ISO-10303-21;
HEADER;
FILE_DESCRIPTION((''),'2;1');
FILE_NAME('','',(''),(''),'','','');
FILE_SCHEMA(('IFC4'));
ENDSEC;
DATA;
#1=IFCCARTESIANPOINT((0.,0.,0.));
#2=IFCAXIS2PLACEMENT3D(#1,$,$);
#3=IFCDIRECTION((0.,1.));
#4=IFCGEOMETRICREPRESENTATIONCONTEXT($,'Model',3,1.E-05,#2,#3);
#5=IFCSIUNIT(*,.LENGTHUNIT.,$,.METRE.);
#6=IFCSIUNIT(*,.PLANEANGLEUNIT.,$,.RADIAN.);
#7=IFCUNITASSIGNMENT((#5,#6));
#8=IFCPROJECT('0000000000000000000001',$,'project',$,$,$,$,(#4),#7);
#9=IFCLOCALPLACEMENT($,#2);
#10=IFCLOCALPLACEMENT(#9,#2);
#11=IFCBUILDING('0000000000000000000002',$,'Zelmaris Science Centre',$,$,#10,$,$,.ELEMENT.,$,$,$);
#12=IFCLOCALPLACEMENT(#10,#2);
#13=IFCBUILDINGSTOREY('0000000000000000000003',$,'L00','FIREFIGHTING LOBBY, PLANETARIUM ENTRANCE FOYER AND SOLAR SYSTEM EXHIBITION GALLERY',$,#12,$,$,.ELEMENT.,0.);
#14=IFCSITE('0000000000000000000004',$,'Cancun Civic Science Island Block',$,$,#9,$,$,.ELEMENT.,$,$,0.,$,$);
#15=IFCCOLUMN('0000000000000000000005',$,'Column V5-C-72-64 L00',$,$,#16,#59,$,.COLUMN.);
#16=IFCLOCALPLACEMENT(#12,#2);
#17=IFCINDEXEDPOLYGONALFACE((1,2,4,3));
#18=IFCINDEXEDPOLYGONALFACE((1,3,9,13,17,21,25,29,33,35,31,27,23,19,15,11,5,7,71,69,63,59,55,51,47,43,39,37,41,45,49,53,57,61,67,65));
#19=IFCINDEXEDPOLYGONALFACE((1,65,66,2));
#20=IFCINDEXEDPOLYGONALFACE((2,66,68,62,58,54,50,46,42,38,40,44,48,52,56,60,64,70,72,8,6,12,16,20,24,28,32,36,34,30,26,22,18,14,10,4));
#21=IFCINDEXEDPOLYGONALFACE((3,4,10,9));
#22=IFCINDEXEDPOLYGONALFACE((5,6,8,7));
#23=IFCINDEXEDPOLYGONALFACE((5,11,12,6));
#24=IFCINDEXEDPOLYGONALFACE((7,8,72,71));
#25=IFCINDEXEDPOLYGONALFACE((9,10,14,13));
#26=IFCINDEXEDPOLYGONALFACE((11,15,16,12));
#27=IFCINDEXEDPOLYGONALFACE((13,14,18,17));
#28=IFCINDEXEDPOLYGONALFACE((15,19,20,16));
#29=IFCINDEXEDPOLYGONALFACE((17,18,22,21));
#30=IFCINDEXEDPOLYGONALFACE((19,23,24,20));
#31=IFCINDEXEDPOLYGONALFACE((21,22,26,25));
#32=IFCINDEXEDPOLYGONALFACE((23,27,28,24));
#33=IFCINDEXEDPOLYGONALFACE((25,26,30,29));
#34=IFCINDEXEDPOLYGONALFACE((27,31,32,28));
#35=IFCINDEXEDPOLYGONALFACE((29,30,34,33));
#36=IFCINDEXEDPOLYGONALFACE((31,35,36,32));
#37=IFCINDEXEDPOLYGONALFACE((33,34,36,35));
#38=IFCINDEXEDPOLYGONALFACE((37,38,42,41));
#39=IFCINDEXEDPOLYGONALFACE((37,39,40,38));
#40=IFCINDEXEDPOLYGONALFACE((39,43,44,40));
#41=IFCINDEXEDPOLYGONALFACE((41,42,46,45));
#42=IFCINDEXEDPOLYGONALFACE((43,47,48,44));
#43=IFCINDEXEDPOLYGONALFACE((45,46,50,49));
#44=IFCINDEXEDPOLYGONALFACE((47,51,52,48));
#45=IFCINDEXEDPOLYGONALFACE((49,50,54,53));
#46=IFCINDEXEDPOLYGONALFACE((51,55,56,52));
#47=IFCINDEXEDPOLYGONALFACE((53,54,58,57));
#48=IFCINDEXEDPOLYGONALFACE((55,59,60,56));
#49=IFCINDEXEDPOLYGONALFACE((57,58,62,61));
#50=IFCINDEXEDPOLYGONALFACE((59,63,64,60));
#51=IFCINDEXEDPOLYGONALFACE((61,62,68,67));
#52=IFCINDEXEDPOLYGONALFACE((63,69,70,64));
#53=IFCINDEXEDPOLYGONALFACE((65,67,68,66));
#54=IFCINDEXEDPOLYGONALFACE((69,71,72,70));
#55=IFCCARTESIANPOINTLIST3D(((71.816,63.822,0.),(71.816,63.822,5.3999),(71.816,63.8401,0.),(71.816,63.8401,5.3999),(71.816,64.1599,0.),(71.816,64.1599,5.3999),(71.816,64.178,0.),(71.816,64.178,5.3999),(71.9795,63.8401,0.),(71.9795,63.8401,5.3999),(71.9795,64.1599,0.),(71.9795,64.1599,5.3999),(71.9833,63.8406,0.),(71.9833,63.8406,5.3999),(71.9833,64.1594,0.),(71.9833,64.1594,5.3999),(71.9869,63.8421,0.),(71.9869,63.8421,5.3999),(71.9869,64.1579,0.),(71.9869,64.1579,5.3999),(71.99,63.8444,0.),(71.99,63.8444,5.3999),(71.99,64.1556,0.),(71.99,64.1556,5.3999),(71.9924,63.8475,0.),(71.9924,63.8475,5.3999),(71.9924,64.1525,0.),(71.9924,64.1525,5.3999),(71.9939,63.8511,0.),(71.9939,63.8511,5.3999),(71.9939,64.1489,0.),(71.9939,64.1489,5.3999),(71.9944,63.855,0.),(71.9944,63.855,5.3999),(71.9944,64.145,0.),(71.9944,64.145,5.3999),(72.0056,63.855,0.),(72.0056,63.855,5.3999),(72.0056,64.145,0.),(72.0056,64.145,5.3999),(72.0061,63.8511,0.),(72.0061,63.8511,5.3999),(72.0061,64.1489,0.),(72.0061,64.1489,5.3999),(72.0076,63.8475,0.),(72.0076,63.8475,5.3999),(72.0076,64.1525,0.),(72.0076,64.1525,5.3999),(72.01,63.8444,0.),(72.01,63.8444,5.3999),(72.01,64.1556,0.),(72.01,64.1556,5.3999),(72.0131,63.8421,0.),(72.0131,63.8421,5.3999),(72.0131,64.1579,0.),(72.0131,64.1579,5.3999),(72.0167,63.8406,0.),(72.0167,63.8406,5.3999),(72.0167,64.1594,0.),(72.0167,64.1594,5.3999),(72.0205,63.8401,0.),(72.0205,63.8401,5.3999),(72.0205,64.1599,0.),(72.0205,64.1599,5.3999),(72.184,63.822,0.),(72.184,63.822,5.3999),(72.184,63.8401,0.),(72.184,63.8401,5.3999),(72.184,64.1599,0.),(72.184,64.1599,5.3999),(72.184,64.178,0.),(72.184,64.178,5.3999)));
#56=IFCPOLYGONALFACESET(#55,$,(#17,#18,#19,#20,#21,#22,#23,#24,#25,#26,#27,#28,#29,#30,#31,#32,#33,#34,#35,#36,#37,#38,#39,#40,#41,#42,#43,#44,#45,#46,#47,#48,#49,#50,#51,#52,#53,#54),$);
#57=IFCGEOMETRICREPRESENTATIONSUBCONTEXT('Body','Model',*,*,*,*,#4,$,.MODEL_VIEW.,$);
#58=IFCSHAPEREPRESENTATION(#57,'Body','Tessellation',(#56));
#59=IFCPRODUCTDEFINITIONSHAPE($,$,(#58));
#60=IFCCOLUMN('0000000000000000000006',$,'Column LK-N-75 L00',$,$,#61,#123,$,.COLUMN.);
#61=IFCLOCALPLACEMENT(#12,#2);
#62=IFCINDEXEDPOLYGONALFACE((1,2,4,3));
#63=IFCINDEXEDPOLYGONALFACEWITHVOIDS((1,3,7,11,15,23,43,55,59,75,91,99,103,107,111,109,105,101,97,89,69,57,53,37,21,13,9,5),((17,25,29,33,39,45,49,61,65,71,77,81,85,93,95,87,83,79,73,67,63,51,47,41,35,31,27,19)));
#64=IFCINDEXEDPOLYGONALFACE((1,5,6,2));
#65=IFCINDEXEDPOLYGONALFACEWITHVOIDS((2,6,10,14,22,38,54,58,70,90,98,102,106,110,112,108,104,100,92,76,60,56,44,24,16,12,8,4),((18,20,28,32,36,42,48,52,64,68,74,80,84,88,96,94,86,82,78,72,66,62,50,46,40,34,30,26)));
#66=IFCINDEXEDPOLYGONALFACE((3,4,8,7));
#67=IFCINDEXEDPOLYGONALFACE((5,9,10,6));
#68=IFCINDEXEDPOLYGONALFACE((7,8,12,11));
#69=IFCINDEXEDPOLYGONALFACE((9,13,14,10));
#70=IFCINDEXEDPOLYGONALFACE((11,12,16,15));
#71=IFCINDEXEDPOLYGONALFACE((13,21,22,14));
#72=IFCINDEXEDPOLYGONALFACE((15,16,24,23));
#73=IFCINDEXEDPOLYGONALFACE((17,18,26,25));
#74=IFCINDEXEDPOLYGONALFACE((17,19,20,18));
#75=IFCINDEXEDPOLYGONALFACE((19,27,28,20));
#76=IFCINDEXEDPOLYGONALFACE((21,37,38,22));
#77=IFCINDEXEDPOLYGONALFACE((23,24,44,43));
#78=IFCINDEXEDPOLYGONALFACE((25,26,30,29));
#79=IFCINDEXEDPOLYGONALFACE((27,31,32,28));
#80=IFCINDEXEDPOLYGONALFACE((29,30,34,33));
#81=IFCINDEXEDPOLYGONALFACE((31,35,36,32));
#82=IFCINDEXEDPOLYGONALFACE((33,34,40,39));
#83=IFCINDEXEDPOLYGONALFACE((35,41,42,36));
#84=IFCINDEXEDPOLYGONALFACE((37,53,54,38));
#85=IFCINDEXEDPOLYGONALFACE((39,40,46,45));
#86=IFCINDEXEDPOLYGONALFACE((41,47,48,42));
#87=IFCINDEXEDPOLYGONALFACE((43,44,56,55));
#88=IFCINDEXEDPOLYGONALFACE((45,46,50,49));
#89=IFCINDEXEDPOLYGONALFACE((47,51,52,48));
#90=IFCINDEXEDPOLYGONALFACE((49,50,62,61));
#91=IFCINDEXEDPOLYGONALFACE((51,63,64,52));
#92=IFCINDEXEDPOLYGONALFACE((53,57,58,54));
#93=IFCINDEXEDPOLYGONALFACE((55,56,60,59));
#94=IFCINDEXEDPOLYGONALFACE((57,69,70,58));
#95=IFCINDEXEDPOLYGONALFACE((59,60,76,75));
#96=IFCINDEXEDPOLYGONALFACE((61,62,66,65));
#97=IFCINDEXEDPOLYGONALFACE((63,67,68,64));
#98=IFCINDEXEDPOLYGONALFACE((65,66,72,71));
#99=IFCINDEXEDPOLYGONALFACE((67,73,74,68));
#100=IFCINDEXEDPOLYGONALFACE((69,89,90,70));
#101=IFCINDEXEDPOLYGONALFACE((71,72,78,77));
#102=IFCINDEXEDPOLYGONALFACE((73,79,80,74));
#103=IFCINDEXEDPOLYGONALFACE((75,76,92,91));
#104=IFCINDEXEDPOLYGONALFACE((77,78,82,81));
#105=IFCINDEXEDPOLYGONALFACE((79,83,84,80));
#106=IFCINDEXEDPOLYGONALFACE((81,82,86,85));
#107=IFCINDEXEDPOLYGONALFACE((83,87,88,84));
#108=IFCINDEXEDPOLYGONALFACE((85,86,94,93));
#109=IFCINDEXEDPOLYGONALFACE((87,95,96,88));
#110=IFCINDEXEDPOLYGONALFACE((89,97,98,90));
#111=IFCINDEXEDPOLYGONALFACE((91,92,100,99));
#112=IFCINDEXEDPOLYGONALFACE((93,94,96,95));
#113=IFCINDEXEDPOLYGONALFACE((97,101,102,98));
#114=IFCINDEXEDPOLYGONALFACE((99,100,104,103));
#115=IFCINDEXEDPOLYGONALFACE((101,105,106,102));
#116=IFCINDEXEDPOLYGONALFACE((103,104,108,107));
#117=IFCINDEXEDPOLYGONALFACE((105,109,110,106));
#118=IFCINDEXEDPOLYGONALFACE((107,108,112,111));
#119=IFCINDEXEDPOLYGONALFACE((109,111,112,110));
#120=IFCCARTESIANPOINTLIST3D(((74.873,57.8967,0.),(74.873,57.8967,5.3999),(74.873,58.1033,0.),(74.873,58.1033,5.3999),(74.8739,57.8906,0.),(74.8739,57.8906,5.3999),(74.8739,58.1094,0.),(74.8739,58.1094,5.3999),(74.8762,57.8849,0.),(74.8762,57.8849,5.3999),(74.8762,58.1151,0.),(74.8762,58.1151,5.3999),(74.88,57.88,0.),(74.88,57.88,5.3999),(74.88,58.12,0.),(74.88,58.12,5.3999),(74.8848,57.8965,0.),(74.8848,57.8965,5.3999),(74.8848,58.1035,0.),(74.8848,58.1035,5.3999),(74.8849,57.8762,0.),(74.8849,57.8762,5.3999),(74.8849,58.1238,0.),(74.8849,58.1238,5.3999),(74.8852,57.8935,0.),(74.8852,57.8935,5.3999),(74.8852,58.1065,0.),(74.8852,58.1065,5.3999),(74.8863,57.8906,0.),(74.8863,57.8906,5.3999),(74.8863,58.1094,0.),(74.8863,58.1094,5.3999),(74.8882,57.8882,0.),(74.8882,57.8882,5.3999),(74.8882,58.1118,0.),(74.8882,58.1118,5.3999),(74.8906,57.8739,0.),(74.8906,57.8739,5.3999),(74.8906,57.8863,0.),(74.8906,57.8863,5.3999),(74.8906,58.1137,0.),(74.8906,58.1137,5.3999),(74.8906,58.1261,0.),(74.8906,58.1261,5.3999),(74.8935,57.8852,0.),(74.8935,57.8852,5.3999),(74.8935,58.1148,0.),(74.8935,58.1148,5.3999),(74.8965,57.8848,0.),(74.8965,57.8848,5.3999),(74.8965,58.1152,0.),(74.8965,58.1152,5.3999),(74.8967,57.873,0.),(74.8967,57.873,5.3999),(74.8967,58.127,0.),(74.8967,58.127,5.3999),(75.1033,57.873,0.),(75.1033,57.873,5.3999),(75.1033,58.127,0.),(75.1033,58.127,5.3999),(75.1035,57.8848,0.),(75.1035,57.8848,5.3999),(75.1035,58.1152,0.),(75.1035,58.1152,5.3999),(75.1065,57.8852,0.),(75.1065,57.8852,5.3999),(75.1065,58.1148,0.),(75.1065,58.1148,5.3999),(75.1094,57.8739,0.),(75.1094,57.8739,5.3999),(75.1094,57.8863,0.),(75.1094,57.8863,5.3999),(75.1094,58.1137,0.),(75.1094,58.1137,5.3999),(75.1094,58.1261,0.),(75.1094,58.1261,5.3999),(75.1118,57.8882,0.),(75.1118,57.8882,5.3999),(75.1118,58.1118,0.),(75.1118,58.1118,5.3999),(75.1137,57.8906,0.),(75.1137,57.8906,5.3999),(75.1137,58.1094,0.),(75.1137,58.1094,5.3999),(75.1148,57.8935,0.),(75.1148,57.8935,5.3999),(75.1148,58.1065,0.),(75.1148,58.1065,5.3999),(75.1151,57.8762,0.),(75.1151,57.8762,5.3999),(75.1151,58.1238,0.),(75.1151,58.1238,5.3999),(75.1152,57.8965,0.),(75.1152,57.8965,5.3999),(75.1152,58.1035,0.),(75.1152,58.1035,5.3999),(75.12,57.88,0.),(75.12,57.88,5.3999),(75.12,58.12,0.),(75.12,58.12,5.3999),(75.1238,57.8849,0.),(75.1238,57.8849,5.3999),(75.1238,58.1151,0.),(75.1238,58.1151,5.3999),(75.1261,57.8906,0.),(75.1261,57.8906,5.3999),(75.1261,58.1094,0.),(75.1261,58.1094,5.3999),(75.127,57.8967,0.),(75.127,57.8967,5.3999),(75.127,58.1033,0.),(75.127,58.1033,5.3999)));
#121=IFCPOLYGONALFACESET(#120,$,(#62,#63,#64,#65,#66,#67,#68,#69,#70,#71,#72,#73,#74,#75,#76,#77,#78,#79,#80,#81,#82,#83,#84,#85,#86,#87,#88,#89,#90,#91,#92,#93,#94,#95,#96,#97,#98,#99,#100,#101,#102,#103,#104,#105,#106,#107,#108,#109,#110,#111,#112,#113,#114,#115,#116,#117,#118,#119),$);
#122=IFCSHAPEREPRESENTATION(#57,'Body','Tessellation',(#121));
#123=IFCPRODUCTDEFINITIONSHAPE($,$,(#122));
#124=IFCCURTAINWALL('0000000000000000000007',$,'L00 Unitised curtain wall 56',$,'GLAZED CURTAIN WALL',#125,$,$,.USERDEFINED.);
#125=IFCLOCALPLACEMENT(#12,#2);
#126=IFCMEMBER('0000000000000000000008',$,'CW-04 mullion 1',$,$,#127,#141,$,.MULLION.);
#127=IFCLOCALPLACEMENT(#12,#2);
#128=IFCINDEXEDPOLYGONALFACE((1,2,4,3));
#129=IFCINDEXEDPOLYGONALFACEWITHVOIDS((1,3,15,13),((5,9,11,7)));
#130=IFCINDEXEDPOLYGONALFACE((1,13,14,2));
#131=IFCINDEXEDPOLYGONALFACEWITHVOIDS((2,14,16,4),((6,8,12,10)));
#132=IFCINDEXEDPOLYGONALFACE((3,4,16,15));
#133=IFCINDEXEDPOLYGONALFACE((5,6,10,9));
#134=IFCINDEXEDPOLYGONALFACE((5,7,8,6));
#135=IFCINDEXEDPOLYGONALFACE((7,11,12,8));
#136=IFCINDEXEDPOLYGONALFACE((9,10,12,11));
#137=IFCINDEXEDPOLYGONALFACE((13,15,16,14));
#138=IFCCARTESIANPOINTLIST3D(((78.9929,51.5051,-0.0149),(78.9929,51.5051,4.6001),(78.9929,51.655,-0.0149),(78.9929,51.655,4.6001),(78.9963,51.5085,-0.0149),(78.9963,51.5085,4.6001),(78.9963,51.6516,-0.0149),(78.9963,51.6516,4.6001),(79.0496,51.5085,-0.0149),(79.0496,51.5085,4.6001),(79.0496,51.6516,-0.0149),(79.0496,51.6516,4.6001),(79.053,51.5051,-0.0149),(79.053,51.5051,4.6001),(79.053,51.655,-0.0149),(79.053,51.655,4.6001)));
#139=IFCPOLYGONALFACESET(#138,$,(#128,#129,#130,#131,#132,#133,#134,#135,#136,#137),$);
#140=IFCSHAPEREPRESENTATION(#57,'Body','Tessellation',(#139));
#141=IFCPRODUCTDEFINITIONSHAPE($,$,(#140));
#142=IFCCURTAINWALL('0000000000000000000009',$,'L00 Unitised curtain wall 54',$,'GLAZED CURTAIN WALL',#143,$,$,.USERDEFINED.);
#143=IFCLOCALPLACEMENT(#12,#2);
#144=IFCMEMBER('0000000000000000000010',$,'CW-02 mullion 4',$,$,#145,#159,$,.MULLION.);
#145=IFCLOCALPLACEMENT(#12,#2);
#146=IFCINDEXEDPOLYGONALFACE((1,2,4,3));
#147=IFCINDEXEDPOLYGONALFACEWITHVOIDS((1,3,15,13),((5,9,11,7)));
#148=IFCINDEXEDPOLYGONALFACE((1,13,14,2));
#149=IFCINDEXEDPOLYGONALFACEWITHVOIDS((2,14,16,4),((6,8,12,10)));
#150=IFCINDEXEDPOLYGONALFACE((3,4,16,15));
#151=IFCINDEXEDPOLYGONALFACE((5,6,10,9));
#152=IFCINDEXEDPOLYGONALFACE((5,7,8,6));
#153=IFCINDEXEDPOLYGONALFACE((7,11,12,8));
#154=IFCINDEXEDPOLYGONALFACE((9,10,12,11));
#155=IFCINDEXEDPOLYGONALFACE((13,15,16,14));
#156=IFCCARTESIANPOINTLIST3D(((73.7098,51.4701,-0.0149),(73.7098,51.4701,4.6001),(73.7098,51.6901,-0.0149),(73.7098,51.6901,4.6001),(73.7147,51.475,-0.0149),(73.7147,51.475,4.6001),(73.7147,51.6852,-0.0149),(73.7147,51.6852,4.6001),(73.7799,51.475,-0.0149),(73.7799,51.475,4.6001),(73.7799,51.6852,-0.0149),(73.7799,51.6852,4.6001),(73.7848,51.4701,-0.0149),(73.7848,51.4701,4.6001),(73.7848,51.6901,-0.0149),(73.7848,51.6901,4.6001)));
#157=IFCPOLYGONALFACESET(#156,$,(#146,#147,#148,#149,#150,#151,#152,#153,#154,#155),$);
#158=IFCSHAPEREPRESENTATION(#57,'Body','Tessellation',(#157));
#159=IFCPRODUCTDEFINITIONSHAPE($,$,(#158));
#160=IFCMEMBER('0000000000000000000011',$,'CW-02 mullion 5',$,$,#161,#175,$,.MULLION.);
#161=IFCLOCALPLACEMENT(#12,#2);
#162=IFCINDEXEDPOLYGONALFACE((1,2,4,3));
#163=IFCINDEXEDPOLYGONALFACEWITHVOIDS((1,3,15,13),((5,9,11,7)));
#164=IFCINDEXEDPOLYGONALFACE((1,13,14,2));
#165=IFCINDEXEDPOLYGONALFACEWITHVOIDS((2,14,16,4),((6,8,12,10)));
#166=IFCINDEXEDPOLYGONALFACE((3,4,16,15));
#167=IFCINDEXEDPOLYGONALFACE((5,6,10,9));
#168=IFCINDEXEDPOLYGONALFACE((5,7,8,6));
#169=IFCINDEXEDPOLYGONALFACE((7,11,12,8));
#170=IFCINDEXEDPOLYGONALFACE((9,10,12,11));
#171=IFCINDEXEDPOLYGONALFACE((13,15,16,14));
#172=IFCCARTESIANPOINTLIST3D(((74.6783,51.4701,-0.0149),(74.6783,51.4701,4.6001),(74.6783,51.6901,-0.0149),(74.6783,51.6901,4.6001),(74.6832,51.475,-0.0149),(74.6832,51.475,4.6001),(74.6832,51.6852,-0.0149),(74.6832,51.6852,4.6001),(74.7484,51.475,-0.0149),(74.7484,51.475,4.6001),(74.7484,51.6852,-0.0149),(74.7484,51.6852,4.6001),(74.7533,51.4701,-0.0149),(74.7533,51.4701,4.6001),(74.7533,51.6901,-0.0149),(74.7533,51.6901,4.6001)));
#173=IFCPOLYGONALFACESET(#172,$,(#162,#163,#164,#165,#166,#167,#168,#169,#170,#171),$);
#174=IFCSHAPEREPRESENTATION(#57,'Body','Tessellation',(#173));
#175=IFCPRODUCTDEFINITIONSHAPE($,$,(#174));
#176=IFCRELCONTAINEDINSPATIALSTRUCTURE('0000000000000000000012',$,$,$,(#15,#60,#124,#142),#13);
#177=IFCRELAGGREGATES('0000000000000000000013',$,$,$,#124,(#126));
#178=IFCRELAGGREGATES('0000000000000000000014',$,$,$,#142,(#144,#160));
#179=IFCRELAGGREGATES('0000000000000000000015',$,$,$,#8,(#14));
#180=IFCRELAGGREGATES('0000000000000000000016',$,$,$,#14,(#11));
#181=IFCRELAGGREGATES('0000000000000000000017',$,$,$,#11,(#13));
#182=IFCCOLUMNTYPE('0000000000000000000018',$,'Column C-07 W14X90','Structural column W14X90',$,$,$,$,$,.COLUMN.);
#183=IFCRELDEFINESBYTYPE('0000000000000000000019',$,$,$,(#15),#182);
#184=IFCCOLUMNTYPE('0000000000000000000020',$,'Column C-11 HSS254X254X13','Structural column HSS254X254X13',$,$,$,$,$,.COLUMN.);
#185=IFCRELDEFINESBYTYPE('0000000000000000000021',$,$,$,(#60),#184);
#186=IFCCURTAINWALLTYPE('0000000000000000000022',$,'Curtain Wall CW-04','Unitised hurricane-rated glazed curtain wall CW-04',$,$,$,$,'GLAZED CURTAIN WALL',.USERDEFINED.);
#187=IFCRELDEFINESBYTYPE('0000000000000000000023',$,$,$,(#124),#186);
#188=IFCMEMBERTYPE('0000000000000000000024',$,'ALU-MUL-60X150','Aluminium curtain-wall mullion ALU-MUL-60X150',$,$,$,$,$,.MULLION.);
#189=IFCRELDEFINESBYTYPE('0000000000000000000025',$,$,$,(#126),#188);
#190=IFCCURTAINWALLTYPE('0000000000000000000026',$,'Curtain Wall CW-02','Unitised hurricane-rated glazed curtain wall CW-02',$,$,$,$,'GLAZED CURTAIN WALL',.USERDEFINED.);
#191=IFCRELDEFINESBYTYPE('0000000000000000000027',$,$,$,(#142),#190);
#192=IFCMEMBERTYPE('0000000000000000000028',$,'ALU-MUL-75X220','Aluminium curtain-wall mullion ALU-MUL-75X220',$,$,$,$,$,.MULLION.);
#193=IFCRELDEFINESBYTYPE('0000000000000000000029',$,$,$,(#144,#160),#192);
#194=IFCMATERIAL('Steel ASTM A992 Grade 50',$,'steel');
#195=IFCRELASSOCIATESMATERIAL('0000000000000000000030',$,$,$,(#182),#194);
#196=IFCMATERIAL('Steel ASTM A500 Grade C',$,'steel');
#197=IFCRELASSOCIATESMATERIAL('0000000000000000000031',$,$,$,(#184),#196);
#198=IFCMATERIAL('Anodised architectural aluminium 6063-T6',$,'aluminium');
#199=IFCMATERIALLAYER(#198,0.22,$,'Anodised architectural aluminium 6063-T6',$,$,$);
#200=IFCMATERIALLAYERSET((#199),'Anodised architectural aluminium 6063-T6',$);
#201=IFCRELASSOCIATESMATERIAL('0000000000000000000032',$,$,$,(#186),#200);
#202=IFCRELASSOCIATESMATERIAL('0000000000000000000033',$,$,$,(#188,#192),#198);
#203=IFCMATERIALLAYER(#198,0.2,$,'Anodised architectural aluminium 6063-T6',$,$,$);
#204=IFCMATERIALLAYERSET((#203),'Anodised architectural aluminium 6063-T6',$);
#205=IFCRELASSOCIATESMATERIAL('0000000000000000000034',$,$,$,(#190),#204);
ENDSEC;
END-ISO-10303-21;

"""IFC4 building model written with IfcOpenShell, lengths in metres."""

from ifc_helpers import new_model, si_unit, direction, frame, origin, origin_2d, place, context, subcontext, project, spatial, hollow_rectangle, i_section, extrude, material, layer, layer_set, material_profile, profile_set, type_object, element, aggregate, save


model = new_model("IFC4")

# Units and contexts
model_context = context("Model", 3, precision=1e-05, world=origin(), true_north=direction((0.0, 1.0)))
body_context = subcontext(model_context, "Body", "Model", "MODEL_VIEW")
ifc_project = project(units=[si_unit("LENGTHUNIT", "METRE"), si_unit("PLANEANGLEUNIT", "RADIAN")], contexts=[model_context])

# Site, building, storey
site_placement = place(None, origin())
site = spatial("IfcSite", under=ifc_project, at=site_placement, Name="Cancun Civic Science Island Block", CompositionType="ELEMENT", RefElevation=0.0)
building_placement = place(site_placement, origin())
building = spatial("IfcBuilding", under=site, at=building_placement, Name="Zelmaris Science Centre", CompositionType="ELEMENT")
storey_placement = place(building_placement, origin())
storey = spatial("IfcBuildingStorey", under=building, at=storey_placement, Name="L00", Description="FIREFIGHTING LOBBY, PLANETARIUM ENTRANCE FOYER AND SOLAR SYSTEM EXHIBITION GALLERY", CompositionType="ELEMENT", Elevation=0.0)

# Columns
ifc_material_1 = material(Name="Steel ASTM A992 Grade 50", Category="steel")
ifc_material_profile_1 = material_profile(ifc_material_1, i_section(OverallWidth=0.3679, OverallDepth=0.356, WebThickness=0.0112, FlangeThickness=0.0181, FilletRadius=0.0149, at=origin_2d()), Name="W14X90")
ifc_profile_set_1 = profile_set([ifc_material_profile_1], Name="Steel ASTM A992 Grade 50")
column_type_1 = type_object("IfcColumnType", Name="Column C-07 W14X90", Description="Structural column W14X90", PredefinedType="COLUMN", material=ifc_profile_set_1)
column_1_placement = place(storey_placement, frame((72.0, 64.0, 0.0), z_axis=(0.0, 0.0, 1.0), x_axis=(1.0, 0.0, 0.0)))
element("IfcColumn", 1, at=column_1_placement, inside=storey, type_object=column_type_1, Name="Column V5-C-72-64 L00", PredefinedType="COLUMN", context=body_context, shape_type="SweptSolid", body=[
    extrude(i_section(OverallWidth=0.3679, OverallDepth=0.356, WebThickness=0.0112, FlangeThickness=0.0181, FilletRadius=0.0149, at=origin_2d()), origin(), (0.0, 0.0, 1.0), 5.3999),
])
ifc_material_2 = material(Name="Steel ASTM A500 Grade C", Category="steel")
ifc_material_profile_2 = material_profile(ifc_material_2, hollow_rectangle(XDim=0.2539, YDim=0.2539, WallThickness=0.0117, InnerFilletRadius=0.0117, OuterFilletRadius=0.0237, at=origin_2d()), Name="HSS254X254X13")
ifc_profile_set_2 = profile_set([ifc_material_profile_2], Name="Steel ASTM A500 Grade C")
column_type_2 = type_object("IfcColumnType", Name="Column C-11 HSS254X254X13", Description="Structural column HSS254X254X13", PredefinedType="COLUMN", material=ifc_profile_set_2)
column_2_placement = place(storey_placement, frame((75.0, 58.0, 0.0), z_axis=(0.0, 0.0, 1.0), x_axis=(1.0, 0.0, 0.0)))
element("IfcColumn", 2, at=column_2_placement, inside=storey, type_object=column_type_2, Name="Column LK-N-75 L00", PredefinedType="COLUMN", context=body_context, shape_type="SweptSolid", body=[
    extrude(hollow_rectangle(XDim=0.2539, YDim=0.2539, WallThickness=0.0117, InnerFilletRadius=0.0117, OuterFilletRadius=0.0237, at=origin_2d()), origin(), (0.0, 0.0, 1.0), 5.3999),
])

# Curtain wall, member
ifc_material_3 = material(Name="Anodised architectural aluminium 6063-T6", Category="aluminium")
ifc_layer_1 = layer(ifc_material_3, 0.22, Name="Anodised architectural aluminium 6063-T6")
ifc_layer_set_1 = layer_set([ifc_layer_1], Name="Anodised architectural aluminium 6063-T6")
curtain_wall_type_1 = type_object("IfcCurtainWallType", Name="Curtain Wall CW-04", Description="Unitised hurricane-rated glazed curtain wall CW-04", ElementType="GLAZED CURTAIN WALL", PredefinedType="USERDEFINED", material=ifc_layer_set_1)
curtain_wall_1_placement = place(storey_placement, origin())
curtain_wall_1 = element("IfcCurtainWall", 3, at=curtain_wall_1_placement, inside=storey, type_object=curtain_wall_type_1, Name="L00 Unitised curtain wall 56", ObjectType="GLAZED CURTAIN WALL", PredefinedType="USERDEFINED")
ifc_material_profile_3 = material_profile(ifc_material_3, hollow_rectangle(XDim=0.0601, YDim=0.1499, WallThickness=0.0034, at=origin_2d()), Name="ALU-MUL-60X150")
ifc_profile_set_3 = profile_set([ifc_material_profile_3], Name="Anodised architectural aluminium 6063-T6")
member_type_1 = type_object("IfcMemberType", Name="ALU-MUL-60X150", Description="Aluminium curtain-wall mullion ALU-MUL-60X150", PredefinedType="MULLION", material=ifc_profile_set_3)
member_1_placement = place(storey_placement, frame((79.0229, 51.5801, -0.0149), z_axis=(0.0, 0.0, 1.0), x_axis=(1.0, -0.000003, 0.0)))
member_1 = element("IfcMember", 4, at=member_1_placement, type_object=member_type_1, Name="CW-04 mullion 1", PredefinedType="MULLION", context=body_context, shape_type="SweptSolid", body=[
    extrude(hollow_rectangle(XDim=0.0601, YDim=0.1499, WallThickness=0.0034, at=origin_2d()), origin(), (0.0, 0.0, 1.0), 4.615),
])

# Curtain wall, members
ifc_layer_2 = layer(ifc_material_3, 0.2, Name="Anodised architectural aluminium 6063-T6")
ifc_layer_set_2 = layer_set([ifc_layer_2], Name="Anodised architectural aluminium 6063-T6")
curtain_wall_type_2 = type_object("IfcCurtainWallType", Name="Curtain Wall CW-02", Description="Unitised hurricane-rated glazed curtain wall CW-02", ElementType="GLAZED CURTAIN WALL", PredefinedType="USERDEFINED", material=ifc_layer_set_2)
curtain_wall_2_placement = place(storey_placement, origin())
curtain_wall_2 = element("IfcCurtainWall", 5, at=curtain_wall_2_placement, inside=storey, type_object=curtain_wall_type_2, Name="L00 Unitised curtain wall 54", ObjectType="GLAZED CURTAIN WALL", PredefinedType="USERDEFINED")
ifc_material_profile_4 = material_profile(ifc_material_3, hollow_rectangle(XDim=0.075, YDim=0.22, WallThickness=0.0049, at=origin_2d()), Name="ALU-MUL-75X220")
ifc_profile_set_4 = profile_set([ifc_material_profile_4], Name="Anodised architectural aluminium 6063-T6")
member_type_2 = type_object("IfcMemberType", Name="ALU-MUL-75X220", Description="Aluminium curtain-wall mullion ALU-MUL-75X220", PredefinedType="MULLION", material=ifc_profile_set_4)
member_2_placement = place(storey_placement, frame((73.7473, 51.5801, -0.0149), z_axis=(0.0, 0.0, 1.0), x_axis=(1.0, -0.000003, 0.0)))
member_2 = element("IfcMember", 6, at=member_2_placement, type_object=member_type_2, Name="CW-02 mullion 4", PredefinedType="MULLION", context=body_context, shape_type="SweptSolid", body=[
    extrude(hollow_rectangle(XDim=0.075, YDim=0.22, WallThickness=0.0049, at=origin_2d()), origin(), (0.0, 0.0, 1.0), 4.615),
])
member_3_placement = place(storey_placement, frame((74.7158, 51.5801, -0.0149), z_axis=(0.0, 0.0, 1.0), x_axis=(1.0, -0.000003, 0.0)))
member_3 = element("IfcMember", 7, at=member_3_placement, type_object=member_type_2, Name="CW-02 mullion 5", PredefinedType="MULLION", context=body_context, shape_type="SweptSolid", body=[
    extrude(hollow_rectangle(XDim=0.075, YDim=0.22, WallThickness=0.0049, at=origin_2d()), origin(), (0.0, 0.0, 1.0), 4.615),
])

aggregate(curtain_wall_1, [member_1])

aggregate(curtain_wall_2, [member_2, member_3])

save(model, "model.ifc")
